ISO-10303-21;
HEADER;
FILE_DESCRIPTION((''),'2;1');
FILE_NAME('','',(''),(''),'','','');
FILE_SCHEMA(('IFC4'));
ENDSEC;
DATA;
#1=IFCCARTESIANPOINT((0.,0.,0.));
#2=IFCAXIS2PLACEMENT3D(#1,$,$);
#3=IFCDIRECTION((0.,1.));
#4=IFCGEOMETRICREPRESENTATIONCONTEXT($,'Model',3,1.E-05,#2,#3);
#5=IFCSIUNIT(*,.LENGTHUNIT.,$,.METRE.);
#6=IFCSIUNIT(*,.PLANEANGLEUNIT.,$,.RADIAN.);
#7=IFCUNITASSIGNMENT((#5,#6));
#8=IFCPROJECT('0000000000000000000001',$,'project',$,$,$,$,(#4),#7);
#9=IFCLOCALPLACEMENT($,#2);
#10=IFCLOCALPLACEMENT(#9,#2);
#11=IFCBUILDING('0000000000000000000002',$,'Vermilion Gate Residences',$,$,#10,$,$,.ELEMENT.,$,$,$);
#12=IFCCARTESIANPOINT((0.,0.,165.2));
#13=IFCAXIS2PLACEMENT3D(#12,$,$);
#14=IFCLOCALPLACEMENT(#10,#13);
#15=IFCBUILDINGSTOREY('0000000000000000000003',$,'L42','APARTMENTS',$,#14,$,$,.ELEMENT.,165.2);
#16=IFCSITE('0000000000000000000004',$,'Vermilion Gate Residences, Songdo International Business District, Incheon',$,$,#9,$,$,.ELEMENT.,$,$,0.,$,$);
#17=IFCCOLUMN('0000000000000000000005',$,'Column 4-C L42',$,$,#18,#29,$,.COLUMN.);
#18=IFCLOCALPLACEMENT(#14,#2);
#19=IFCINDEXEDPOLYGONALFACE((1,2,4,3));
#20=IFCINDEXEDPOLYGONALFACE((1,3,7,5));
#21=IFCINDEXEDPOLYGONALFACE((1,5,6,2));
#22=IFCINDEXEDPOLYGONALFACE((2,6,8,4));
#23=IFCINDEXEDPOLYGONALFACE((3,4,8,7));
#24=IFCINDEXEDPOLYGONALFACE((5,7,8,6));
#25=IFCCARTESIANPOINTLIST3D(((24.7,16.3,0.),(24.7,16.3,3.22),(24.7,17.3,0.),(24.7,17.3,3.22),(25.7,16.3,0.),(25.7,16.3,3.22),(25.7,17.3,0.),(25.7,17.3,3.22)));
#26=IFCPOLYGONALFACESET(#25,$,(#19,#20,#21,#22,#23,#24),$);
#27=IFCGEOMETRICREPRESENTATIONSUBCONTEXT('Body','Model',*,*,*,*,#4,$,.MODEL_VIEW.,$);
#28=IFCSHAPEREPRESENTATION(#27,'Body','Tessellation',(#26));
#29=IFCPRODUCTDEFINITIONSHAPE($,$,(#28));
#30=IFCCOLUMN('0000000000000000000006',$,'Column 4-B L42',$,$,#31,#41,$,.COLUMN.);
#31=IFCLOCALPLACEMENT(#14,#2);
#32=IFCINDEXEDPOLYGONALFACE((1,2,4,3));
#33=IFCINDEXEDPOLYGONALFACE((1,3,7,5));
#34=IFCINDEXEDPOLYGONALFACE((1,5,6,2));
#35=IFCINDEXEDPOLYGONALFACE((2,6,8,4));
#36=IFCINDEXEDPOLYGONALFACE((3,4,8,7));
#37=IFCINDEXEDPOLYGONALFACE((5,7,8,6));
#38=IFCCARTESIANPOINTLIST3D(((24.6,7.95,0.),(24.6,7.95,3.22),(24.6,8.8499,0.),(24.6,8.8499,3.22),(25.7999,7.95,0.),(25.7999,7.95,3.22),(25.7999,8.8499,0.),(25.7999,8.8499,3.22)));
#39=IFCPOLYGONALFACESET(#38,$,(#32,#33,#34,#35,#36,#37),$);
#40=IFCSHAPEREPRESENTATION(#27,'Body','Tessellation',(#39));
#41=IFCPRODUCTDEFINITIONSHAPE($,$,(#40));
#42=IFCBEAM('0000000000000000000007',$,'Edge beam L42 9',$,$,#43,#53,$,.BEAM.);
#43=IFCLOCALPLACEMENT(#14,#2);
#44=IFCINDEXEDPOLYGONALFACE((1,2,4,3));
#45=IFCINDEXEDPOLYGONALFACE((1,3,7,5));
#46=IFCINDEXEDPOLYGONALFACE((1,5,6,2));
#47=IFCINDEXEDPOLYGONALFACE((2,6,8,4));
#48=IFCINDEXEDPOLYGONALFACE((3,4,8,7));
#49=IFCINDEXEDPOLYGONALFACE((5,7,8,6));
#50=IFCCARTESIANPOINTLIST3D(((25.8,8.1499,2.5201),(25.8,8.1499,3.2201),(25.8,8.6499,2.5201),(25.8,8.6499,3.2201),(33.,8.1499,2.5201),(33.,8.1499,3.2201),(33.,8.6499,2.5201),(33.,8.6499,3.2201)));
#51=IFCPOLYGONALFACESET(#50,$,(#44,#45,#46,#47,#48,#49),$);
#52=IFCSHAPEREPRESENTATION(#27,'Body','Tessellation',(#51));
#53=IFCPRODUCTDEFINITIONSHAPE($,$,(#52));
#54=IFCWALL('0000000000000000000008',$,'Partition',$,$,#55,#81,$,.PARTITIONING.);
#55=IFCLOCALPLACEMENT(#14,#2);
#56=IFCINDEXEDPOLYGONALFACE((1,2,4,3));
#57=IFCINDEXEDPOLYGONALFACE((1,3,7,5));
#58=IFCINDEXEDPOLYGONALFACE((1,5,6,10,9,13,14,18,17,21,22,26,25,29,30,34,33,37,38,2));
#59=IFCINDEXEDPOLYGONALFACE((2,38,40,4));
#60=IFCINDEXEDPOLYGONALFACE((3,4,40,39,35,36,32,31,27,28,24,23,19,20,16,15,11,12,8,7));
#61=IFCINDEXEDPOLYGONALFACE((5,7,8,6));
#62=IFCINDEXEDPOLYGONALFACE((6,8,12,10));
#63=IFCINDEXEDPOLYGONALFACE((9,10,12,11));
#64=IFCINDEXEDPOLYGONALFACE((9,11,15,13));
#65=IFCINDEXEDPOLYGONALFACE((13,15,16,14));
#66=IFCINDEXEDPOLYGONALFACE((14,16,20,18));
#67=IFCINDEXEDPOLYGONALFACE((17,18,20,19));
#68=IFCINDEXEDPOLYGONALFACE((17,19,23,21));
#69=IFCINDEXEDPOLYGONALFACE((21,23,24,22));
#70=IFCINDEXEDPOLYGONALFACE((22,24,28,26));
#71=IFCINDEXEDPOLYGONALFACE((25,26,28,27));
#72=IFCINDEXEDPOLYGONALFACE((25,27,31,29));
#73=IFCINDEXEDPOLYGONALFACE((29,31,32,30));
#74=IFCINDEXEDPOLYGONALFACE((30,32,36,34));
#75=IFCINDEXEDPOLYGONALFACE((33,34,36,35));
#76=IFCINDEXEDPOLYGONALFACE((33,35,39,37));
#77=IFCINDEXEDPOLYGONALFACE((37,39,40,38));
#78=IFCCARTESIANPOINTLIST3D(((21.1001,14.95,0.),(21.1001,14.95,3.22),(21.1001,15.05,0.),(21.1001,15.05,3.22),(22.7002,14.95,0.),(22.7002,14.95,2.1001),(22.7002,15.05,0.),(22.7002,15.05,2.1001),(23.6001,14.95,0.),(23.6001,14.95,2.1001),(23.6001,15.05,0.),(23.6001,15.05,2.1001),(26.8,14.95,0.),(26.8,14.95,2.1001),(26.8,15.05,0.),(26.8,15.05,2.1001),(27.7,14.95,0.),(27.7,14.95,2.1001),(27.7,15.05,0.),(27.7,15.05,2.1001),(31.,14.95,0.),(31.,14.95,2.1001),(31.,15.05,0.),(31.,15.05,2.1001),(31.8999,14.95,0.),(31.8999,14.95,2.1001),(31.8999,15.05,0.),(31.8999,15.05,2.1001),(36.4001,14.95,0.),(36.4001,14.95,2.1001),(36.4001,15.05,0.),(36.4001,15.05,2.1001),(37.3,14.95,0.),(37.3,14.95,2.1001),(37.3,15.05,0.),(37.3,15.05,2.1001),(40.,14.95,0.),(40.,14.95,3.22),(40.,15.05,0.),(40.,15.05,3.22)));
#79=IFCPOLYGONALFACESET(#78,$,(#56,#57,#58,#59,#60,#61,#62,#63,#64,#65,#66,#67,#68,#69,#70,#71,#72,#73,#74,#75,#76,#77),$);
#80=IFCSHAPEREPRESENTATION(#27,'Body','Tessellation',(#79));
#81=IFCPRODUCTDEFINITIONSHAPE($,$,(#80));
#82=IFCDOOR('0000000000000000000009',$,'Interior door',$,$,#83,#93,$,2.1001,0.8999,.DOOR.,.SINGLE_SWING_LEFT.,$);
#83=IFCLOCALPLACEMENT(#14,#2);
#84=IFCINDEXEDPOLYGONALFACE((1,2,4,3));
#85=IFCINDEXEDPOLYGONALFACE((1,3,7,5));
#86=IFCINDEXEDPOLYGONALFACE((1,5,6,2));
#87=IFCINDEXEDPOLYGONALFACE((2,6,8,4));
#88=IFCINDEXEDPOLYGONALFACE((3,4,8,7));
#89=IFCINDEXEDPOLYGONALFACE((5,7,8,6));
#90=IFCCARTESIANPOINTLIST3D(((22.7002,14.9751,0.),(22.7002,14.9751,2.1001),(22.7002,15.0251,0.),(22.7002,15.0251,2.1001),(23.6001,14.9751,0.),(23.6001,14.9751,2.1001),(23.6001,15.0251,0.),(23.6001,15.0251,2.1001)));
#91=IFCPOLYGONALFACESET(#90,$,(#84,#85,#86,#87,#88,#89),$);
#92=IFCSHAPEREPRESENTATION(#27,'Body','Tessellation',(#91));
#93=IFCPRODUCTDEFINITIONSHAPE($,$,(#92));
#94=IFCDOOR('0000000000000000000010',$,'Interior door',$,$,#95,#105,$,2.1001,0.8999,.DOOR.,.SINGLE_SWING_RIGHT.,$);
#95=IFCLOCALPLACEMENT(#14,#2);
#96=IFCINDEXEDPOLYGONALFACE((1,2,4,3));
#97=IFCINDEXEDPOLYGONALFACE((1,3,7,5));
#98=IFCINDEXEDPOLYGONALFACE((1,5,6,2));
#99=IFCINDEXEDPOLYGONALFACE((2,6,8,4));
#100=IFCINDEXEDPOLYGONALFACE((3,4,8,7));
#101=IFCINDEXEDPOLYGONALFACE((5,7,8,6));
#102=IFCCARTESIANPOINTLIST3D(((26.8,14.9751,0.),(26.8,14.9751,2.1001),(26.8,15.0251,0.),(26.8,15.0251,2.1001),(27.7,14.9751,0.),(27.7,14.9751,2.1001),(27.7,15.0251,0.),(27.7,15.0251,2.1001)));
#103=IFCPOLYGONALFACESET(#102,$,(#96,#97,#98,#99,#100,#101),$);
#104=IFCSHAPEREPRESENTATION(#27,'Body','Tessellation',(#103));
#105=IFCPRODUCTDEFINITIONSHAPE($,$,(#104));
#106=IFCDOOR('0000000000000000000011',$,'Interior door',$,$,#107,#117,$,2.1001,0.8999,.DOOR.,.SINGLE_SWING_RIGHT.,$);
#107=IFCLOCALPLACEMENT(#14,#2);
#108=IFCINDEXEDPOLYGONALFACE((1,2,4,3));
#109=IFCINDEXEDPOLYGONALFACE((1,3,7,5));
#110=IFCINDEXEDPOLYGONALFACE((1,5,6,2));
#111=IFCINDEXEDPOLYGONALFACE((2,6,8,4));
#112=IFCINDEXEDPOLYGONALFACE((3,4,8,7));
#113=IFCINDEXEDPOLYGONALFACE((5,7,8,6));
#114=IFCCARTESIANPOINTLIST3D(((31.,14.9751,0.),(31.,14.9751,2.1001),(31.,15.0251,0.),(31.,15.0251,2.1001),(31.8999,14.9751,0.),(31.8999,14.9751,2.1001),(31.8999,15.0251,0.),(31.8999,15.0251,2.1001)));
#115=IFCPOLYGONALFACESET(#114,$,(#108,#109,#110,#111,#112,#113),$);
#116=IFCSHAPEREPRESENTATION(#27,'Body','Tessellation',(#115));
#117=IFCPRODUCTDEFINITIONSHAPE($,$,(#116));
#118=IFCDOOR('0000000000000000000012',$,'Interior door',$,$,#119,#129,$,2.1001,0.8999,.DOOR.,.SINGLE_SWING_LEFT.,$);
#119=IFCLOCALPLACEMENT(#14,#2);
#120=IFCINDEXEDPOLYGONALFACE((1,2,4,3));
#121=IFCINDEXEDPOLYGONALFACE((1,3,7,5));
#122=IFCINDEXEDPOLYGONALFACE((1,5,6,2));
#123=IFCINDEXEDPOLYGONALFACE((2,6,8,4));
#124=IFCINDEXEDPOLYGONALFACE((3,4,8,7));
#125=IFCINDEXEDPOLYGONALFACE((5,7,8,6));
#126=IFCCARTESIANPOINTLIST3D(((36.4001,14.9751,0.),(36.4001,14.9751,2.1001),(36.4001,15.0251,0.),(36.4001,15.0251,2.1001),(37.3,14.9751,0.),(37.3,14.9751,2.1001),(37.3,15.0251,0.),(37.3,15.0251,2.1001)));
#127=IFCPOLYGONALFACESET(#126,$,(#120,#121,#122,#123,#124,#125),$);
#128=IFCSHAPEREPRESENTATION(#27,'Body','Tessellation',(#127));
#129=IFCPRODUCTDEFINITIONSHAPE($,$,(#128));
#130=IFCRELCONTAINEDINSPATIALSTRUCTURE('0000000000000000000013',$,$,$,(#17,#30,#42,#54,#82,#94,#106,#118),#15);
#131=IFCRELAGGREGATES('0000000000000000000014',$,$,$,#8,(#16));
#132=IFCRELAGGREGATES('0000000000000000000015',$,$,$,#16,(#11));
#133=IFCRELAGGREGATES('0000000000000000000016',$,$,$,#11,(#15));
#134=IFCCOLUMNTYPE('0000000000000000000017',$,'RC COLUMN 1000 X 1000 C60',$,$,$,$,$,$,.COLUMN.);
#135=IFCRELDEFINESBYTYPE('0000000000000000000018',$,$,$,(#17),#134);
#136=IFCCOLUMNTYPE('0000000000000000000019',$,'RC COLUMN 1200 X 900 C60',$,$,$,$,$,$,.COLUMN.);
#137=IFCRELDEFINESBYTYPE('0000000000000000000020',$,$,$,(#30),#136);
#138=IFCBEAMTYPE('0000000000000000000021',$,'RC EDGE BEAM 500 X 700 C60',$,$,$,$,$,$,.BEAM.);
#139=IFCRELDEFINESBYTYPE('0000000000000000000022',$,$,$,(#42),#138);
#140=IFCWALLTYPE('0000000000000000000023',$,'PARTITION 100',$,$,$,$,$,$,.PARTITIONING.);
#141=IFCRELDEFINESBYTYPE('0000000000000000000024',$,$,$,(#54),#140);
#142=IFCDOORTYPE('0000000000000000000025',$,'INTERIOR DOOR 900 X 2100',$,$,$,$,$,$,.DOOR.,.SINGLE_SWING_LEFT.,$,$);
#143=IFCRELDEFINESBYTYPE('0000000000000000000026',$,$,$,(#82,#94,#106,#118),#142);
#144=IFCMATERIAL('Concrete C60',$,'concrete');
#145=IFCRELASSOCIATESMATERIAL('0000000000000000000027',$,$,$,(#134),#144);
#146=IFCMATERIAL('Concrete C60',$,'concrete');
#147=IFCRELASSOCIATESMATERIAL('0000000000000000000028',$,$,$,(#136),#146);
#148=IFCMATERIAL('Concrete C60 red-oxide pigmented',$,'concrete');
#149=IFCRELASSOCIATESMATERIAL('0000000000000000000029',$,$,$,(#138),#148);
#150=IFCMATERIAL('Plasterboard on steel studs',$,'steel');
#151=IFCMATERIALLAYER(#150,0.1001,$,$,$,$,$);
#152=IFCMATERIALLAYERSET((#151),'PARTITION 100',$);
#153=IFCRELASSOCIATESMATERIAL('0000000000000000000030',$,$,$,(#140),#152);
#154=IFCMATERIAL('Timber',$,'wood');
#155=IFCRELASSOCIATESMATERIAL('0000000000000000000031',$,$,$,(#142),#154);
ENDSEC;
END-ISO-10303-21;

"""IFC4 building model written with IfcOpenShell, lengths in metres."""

from ifc_helpers import new_model, si_unit, direction, frame, frame_2d, origin, origin_2d, place, context, subcontext, project, spatial, rectangle, extrude, material, layer, layer_set, material_profile, profile_set, type_object, element, fill, save


model = new_model("IFC4")

# Units and contexts
model_context = context("Model", 3, precision=1e-05, world=origin(), true_north=direction((0.0, 1.0)))
body_context = subcontext(model_context, "Body", "Model", "MODEL_VIEW")
ifc_project = project(units=[si_unit("LENGTHUNIT", "METRE"), si_unit("PLANEANGLEUNIT", "RADIAN")], contexts=[model_context])

# Site, building, storey
site_placement = place(None, origin())
site = spatial("IfcSite", under=ifc_project, at=site_placement, Name="Vermilion Gate Residences, Songdo International Business District, Incheon", CompositionType="ELEMENT", RefElevation=0.0)
building_placement = place(site_placement, origin())
building = spatial("IfcBuilding", under=site, at=building_placement, Name="Vermilion Gate Residences", CompositionType="ELEMENT")
storey_placement = place(building_placement, frame((0.0, 0.0, 165.2)))
storey = spatial("IfcBuildingStorey", under=building, at=storey_placement, Name="L42", Description="APARTMENTS", CompositionType="ELEMENT", Elevation=165.2)

# Columns
ifc_material_1 = material(Name="Concrete C60", Category="concrete")
ifc_material_profile_1 = material_profile(ifc_material_1, rectangle(XDim=1.0, YDim=1.0, at=origin_2d()), Name="RC-1000x1000")
ifc_profile_set_1 = profile_set([ifc_material_profile_1], Name="Concrete C60")
column_type_1 = type_object("IfcColumnType", Name="RC COLUMN 1000 X 1000 C60", PredefinedType="COLUMN", material=ifc_profile_set_1)
column_1_placement = place(storey_placement, frame((25.2, 16.8, 0.0), z_axis=(0.0, 0.0, 1.0), x_axis=(1.0, 0.0, 0.0)))
element("IfcColumn", 1, at=column_1_placement, inside=storey, type_object=column_type_1, Name="Column 4-C L42", PredefinedType="COLUMN", context=body_context, shape_type="SweptSolid", body=[
    extrude(rectangle(XDim=1.0, YDim=1.0, at=origin_2d()), origin(), (0.0, 0.0, 1.0), 3.22),
])
ifc_material_2 = material(Name="Concrete C60", Category="concrete")
ifc_material_profile_2 = material_profile(ifc_material_2, rectangle(XDim=1.2, YDim=0.8999, at=origin_2d()), Name="RC-1200x900")
ifc_profile_set_2 = profile_set([ifc_material_profile_2], Name="Concrete C60")
column_type_2 = type_object("IfcColumnType", Name="RC COLUMN 1200 X 900 C60", PredefinedType="COLUMN", material=ifc_profile_set_2)
column_2_placement = place(storey_placement, frame((25.2, 8.3999, 0.0), z_axis=(0.0, 0.0, 1.0), x_axis=(1.0, 0.0, 0.0)))
element("IfcColumn", 2, at=column_2_placement, inside=storey, type_object=column_type_2, Name="Column 4-B L42", PredefinedType="COLUMN", context=body_context, shape_type="SweptSolid", body=[
    extrude(rectangle(XDim=1.2, YDim=0.8999, at=origin_2d()), origin(), (0.0, 0.0, 1.0), 3.22),
])

# Beam
ifc_material_3 = material(Name="Concrete C60 red-oxide pigmented", Category="concrete")
ifc_material_profile_3 = material_profile(ifc_material_3, rectangle(XDim=0.5, YDim=0.7, at=origin_2d()), Name="RC-500x700")
ifc_profile_set_3 = profile_set([ifc_material_profile_3], Name="Concrete C60 red-oxide pigmented")
beam_type = type_object("IfcBeamType", Name="RC EDGE BEAM 500 X 700 C60", PredefinedType="BEAM", material=ifc_profile_set_3)
beam_placement = place(storey_placement, frame((25.8, 8.3999, 2.8701), z_axis=(1.0, 0.0, 0.0), x_axis=(0.0, 1.0, 0.0)))
element("IfcBeam", 3, at=beam_placement, inside=storey, type_object=beam_type, Name="Edge beam L42 9", PredefinedType="BEAM", context=body_context, shape_type="SweptSolid", body=[
    extrude(rectangle(XDim=0.5, YDim=0.7, at=origin_2d()), origin(), (0.0, 0.0, 1.0), 7.2),
])

# Wall, openings, doors
ifc_material_4 = material(Name="Plasterboard on steel studs", Category="steel")
ifc_layer = layer(ifc_material_4, 0.1001)
ifc_layer_set = layer_set([ifc_layer], Name="PARTITION 100")
wall_type = type_object("IfcWallType", Name="PARTITION 100", PredefinedType="PARTITIONING", material=ifc_layer_set)
wall_1_placement = place(storey_placement, frame((21.1001, 15.0, 0.0), z_axis=(0.0, 0.0, 1.0), x_axis=(1.0, 0.0, 0.0)))
wall_1 = element("IfcWall", 4, at=wall_1_placement, inside=storey, type_object=wall_type, Name="Partition", PredefinedType="PARTITIONING", context=body_context, shape_type="SweptSolid", body=[
    extrude(rectangle(XDim=18.8999, YDim=0.1001, at=frame_2d((9.45, 0.0))), origin(), (0.0, 0.0, 1.0), 3.22),
])
opening_1_placement = place(wall_1_placement, frame((1.6001, 0.0, 0.0)))
opening_1 = element("IfcOpeningElement", 5, at=opening_1_placement, cuts=wall_1, PredefinedType="OPENING", context=body_context, shape_type="SweptSolid", body=[
    extrude(rectangle(XDim=0.8999, YDim=2.1001, at=frame_2d((0.45, 1.05))), frame((0.0, 0.0601, 0.0), z_axis=(0.0, -1.0, 0.0), x_axis=(1.0, 0.0, 0.0)), (0.0, 0.0, 1.0), 0.1201),
])
opening_2_placement = place(wall_1_placement, frame((5.7, 0.0, 0.0)))
opening_2 = element("IfcOpeningElement", 6, at=opening_2_placement, cuts=wall_1, PredefinedType="OPENING", context=body_context, shape_type="SweptSolid", body=[
    extrude(rectangle(XDim=0.8999, YDim=2.1001, at=frame_2d((0.45, 1.05))), frame((0.0, 0.0601, 0.0), z_axis=(0.0, -1.0, 0.0), x_axis=(1.0, 0.0, 0.0)), (0.0, 0.0, 1.0), 0.1201),
])
opening_3_placement = place(wall_1_placement, frame((9.8999, 0.0, 0.0)))
opening_3 = element("IfcOpeningElement", 7, at=opening_3_placement, cuts=wall_1, PredefinedType="OPENING", context=body_context, shape_type="SweptSolid", body=[
    extrude(rectangle(XDim=0.8999, YDim=2.1001, at=frame_2d((0.45, 1.05))), frame((0.0, 0.0601, 0.0), z_axis=(0.0, -1.0, 0.0), x_axis=(1.0, 0.0, 0.0)), (0.0, 0.0, 1.0), 0.1201),
])
opening_4_placement = place(wall_1_placement, frame((15.3, 0.0, 0.0)))
opening_4 = element("IfcOpeningElement", 8, at=opening_4_placement, cuts=wall_1, PredefinedType="OPENING", context=body_context, shape_type="SweptSolid", body=[
    extrude(rectangle(XDim=0.8999, YDim=2.1001, at=frame_2d((0.45, 1.05))), frame((0.0, 0.0601, 0.0), z_axis=(0.0, -1.0, 0.0), x_axis=(1.0, 0.0, 0.0)), (0.0, 0.0, 1.0), 0.1201),
])
ifc_material_5 = material(Name="Timber", Category="wood")
door_type = type_object("IfcDoorType", Name="INTERIOR DOOR 900 X 2100", OperationType="SINGLE_SWING_LEFT", PredefinedType="DOOR", material=ifc_material_5)
door_1_placement = place(opening_1_placement, frame((0.8999, 0.0, 0.0), z_axis=(0.0, 0.0, 1.0), x_axis=(-1.0, 0.0, 0.0)))
door_1 = element("IfcDoor", 9, at=door_1_placement, inside=storey, type_object=door_type, Name="Interior door", OperationType="SINGLE_SWING_LEFT", OverallHeight=2.1001, OverallWidth=0.8999, PredefinedType="DOOR", context=body_context, shape_type="SweptSolid", body=[
    extrude(rectangle(XDim=0.8999, YDim=2.1001, at=frame_2d((0.45, 1.05))), frame((0.0, 0.0249, 0.0), z_axis=(0.0, -1.0, 0.0), x_axis=(1.0, 0.0, 0.0)), (0.0, 0.0, 1.0), 0.05),
])
fill(opening_1, door_1)
door_2_placement = place(opening_2_placement, frame((0.8999, 0.0, 0.0), z_axis=(0.0, 0.0, 1.0), x_axis=(-1.0, 0.0, 0.0)))
door_2 = element("IfcDoor", 10, at=door_2_placement, inside=storey, type_object=door_type, Name="Interior door", OperationType="SINGLE_SWING_RIGHT", OverallHeight=2.1001, OverallWidth=0.8999, PredefinedType="DOOR", context=body_context, shape_type="SweptSolid", body=[
    extrude(rectangle(XDim=0.8999, YDim=2.1001, at=frame_2d((0.45, 1.05))), frame((0.0, 0.0249, 0.0), z_axis=(0.0, -1.0, 0.0), x_axis=(1.0, 0.0, 0.0)), (0.0, 0.0, 1.0), 0.05),
])
fill(opening_2, door_2)
door_3_placement = place(opening_3_placement, frame((0.8999, 0.0, 0.0), z_axis=(0.0, 0.0, 1.0), x_axis=(-1.0, 0.0, 0.0)))
door_3 = element("IfcDoor", 11, at=door_3_placement, inside=storey, type_object=door_type, Name="Interior door", OperationType="SINGLE_SWING_RIGHT", OverallHeight=2.1001, OverallWidth=0.8999, PredefinedType="DOOR", context=body_context, shape_type="SweptSolid", body=[
    extrude(rectangle(XDim=0.8999, YDim=2.1001, at=frame_2d((0.45, 1.05))), frame((0.0, 0.0249, 0.0), z_axis=(0.0, -1.0, 0.0), x_axis=(1.0, 0.0, 0.0)), (0.0, 0.0, 1.0), 0.05),
])
fill(opening_3, door_3)
door_4_placement = place(opening_4_placement, frame((0.8999, 0.0, 0.0), z_axis=(0.0, 0.0, 1.0), x_axis=(-1.0, 0.0, 0.0)))
door_4 = element("IfcDoor", 12, at=door_4_placement, inside=storey, type_object=door_type, Name="Interior door", OperationType="SINGLE_SWING_LEFT", OverallHeight=2.1001, OverallWidth=0.8999, PredefinedType="DOOR", context=body_context, shape_type="SweptSolid", body=[
    extrude(rectangle(XDim=0.8999, YDim=2.1001, at=frame_2d((0.45, 1.05))), frame((0.0, 0.0249, 0.0), z_axis=(0.0, -1.0, 0.0), x_axis=(1.0, 0.0, 0.0)), (0.0, 0.0, 1.0), 0.05),
])
fill(opening_4, door_4)

save(model, "model.ifc")
